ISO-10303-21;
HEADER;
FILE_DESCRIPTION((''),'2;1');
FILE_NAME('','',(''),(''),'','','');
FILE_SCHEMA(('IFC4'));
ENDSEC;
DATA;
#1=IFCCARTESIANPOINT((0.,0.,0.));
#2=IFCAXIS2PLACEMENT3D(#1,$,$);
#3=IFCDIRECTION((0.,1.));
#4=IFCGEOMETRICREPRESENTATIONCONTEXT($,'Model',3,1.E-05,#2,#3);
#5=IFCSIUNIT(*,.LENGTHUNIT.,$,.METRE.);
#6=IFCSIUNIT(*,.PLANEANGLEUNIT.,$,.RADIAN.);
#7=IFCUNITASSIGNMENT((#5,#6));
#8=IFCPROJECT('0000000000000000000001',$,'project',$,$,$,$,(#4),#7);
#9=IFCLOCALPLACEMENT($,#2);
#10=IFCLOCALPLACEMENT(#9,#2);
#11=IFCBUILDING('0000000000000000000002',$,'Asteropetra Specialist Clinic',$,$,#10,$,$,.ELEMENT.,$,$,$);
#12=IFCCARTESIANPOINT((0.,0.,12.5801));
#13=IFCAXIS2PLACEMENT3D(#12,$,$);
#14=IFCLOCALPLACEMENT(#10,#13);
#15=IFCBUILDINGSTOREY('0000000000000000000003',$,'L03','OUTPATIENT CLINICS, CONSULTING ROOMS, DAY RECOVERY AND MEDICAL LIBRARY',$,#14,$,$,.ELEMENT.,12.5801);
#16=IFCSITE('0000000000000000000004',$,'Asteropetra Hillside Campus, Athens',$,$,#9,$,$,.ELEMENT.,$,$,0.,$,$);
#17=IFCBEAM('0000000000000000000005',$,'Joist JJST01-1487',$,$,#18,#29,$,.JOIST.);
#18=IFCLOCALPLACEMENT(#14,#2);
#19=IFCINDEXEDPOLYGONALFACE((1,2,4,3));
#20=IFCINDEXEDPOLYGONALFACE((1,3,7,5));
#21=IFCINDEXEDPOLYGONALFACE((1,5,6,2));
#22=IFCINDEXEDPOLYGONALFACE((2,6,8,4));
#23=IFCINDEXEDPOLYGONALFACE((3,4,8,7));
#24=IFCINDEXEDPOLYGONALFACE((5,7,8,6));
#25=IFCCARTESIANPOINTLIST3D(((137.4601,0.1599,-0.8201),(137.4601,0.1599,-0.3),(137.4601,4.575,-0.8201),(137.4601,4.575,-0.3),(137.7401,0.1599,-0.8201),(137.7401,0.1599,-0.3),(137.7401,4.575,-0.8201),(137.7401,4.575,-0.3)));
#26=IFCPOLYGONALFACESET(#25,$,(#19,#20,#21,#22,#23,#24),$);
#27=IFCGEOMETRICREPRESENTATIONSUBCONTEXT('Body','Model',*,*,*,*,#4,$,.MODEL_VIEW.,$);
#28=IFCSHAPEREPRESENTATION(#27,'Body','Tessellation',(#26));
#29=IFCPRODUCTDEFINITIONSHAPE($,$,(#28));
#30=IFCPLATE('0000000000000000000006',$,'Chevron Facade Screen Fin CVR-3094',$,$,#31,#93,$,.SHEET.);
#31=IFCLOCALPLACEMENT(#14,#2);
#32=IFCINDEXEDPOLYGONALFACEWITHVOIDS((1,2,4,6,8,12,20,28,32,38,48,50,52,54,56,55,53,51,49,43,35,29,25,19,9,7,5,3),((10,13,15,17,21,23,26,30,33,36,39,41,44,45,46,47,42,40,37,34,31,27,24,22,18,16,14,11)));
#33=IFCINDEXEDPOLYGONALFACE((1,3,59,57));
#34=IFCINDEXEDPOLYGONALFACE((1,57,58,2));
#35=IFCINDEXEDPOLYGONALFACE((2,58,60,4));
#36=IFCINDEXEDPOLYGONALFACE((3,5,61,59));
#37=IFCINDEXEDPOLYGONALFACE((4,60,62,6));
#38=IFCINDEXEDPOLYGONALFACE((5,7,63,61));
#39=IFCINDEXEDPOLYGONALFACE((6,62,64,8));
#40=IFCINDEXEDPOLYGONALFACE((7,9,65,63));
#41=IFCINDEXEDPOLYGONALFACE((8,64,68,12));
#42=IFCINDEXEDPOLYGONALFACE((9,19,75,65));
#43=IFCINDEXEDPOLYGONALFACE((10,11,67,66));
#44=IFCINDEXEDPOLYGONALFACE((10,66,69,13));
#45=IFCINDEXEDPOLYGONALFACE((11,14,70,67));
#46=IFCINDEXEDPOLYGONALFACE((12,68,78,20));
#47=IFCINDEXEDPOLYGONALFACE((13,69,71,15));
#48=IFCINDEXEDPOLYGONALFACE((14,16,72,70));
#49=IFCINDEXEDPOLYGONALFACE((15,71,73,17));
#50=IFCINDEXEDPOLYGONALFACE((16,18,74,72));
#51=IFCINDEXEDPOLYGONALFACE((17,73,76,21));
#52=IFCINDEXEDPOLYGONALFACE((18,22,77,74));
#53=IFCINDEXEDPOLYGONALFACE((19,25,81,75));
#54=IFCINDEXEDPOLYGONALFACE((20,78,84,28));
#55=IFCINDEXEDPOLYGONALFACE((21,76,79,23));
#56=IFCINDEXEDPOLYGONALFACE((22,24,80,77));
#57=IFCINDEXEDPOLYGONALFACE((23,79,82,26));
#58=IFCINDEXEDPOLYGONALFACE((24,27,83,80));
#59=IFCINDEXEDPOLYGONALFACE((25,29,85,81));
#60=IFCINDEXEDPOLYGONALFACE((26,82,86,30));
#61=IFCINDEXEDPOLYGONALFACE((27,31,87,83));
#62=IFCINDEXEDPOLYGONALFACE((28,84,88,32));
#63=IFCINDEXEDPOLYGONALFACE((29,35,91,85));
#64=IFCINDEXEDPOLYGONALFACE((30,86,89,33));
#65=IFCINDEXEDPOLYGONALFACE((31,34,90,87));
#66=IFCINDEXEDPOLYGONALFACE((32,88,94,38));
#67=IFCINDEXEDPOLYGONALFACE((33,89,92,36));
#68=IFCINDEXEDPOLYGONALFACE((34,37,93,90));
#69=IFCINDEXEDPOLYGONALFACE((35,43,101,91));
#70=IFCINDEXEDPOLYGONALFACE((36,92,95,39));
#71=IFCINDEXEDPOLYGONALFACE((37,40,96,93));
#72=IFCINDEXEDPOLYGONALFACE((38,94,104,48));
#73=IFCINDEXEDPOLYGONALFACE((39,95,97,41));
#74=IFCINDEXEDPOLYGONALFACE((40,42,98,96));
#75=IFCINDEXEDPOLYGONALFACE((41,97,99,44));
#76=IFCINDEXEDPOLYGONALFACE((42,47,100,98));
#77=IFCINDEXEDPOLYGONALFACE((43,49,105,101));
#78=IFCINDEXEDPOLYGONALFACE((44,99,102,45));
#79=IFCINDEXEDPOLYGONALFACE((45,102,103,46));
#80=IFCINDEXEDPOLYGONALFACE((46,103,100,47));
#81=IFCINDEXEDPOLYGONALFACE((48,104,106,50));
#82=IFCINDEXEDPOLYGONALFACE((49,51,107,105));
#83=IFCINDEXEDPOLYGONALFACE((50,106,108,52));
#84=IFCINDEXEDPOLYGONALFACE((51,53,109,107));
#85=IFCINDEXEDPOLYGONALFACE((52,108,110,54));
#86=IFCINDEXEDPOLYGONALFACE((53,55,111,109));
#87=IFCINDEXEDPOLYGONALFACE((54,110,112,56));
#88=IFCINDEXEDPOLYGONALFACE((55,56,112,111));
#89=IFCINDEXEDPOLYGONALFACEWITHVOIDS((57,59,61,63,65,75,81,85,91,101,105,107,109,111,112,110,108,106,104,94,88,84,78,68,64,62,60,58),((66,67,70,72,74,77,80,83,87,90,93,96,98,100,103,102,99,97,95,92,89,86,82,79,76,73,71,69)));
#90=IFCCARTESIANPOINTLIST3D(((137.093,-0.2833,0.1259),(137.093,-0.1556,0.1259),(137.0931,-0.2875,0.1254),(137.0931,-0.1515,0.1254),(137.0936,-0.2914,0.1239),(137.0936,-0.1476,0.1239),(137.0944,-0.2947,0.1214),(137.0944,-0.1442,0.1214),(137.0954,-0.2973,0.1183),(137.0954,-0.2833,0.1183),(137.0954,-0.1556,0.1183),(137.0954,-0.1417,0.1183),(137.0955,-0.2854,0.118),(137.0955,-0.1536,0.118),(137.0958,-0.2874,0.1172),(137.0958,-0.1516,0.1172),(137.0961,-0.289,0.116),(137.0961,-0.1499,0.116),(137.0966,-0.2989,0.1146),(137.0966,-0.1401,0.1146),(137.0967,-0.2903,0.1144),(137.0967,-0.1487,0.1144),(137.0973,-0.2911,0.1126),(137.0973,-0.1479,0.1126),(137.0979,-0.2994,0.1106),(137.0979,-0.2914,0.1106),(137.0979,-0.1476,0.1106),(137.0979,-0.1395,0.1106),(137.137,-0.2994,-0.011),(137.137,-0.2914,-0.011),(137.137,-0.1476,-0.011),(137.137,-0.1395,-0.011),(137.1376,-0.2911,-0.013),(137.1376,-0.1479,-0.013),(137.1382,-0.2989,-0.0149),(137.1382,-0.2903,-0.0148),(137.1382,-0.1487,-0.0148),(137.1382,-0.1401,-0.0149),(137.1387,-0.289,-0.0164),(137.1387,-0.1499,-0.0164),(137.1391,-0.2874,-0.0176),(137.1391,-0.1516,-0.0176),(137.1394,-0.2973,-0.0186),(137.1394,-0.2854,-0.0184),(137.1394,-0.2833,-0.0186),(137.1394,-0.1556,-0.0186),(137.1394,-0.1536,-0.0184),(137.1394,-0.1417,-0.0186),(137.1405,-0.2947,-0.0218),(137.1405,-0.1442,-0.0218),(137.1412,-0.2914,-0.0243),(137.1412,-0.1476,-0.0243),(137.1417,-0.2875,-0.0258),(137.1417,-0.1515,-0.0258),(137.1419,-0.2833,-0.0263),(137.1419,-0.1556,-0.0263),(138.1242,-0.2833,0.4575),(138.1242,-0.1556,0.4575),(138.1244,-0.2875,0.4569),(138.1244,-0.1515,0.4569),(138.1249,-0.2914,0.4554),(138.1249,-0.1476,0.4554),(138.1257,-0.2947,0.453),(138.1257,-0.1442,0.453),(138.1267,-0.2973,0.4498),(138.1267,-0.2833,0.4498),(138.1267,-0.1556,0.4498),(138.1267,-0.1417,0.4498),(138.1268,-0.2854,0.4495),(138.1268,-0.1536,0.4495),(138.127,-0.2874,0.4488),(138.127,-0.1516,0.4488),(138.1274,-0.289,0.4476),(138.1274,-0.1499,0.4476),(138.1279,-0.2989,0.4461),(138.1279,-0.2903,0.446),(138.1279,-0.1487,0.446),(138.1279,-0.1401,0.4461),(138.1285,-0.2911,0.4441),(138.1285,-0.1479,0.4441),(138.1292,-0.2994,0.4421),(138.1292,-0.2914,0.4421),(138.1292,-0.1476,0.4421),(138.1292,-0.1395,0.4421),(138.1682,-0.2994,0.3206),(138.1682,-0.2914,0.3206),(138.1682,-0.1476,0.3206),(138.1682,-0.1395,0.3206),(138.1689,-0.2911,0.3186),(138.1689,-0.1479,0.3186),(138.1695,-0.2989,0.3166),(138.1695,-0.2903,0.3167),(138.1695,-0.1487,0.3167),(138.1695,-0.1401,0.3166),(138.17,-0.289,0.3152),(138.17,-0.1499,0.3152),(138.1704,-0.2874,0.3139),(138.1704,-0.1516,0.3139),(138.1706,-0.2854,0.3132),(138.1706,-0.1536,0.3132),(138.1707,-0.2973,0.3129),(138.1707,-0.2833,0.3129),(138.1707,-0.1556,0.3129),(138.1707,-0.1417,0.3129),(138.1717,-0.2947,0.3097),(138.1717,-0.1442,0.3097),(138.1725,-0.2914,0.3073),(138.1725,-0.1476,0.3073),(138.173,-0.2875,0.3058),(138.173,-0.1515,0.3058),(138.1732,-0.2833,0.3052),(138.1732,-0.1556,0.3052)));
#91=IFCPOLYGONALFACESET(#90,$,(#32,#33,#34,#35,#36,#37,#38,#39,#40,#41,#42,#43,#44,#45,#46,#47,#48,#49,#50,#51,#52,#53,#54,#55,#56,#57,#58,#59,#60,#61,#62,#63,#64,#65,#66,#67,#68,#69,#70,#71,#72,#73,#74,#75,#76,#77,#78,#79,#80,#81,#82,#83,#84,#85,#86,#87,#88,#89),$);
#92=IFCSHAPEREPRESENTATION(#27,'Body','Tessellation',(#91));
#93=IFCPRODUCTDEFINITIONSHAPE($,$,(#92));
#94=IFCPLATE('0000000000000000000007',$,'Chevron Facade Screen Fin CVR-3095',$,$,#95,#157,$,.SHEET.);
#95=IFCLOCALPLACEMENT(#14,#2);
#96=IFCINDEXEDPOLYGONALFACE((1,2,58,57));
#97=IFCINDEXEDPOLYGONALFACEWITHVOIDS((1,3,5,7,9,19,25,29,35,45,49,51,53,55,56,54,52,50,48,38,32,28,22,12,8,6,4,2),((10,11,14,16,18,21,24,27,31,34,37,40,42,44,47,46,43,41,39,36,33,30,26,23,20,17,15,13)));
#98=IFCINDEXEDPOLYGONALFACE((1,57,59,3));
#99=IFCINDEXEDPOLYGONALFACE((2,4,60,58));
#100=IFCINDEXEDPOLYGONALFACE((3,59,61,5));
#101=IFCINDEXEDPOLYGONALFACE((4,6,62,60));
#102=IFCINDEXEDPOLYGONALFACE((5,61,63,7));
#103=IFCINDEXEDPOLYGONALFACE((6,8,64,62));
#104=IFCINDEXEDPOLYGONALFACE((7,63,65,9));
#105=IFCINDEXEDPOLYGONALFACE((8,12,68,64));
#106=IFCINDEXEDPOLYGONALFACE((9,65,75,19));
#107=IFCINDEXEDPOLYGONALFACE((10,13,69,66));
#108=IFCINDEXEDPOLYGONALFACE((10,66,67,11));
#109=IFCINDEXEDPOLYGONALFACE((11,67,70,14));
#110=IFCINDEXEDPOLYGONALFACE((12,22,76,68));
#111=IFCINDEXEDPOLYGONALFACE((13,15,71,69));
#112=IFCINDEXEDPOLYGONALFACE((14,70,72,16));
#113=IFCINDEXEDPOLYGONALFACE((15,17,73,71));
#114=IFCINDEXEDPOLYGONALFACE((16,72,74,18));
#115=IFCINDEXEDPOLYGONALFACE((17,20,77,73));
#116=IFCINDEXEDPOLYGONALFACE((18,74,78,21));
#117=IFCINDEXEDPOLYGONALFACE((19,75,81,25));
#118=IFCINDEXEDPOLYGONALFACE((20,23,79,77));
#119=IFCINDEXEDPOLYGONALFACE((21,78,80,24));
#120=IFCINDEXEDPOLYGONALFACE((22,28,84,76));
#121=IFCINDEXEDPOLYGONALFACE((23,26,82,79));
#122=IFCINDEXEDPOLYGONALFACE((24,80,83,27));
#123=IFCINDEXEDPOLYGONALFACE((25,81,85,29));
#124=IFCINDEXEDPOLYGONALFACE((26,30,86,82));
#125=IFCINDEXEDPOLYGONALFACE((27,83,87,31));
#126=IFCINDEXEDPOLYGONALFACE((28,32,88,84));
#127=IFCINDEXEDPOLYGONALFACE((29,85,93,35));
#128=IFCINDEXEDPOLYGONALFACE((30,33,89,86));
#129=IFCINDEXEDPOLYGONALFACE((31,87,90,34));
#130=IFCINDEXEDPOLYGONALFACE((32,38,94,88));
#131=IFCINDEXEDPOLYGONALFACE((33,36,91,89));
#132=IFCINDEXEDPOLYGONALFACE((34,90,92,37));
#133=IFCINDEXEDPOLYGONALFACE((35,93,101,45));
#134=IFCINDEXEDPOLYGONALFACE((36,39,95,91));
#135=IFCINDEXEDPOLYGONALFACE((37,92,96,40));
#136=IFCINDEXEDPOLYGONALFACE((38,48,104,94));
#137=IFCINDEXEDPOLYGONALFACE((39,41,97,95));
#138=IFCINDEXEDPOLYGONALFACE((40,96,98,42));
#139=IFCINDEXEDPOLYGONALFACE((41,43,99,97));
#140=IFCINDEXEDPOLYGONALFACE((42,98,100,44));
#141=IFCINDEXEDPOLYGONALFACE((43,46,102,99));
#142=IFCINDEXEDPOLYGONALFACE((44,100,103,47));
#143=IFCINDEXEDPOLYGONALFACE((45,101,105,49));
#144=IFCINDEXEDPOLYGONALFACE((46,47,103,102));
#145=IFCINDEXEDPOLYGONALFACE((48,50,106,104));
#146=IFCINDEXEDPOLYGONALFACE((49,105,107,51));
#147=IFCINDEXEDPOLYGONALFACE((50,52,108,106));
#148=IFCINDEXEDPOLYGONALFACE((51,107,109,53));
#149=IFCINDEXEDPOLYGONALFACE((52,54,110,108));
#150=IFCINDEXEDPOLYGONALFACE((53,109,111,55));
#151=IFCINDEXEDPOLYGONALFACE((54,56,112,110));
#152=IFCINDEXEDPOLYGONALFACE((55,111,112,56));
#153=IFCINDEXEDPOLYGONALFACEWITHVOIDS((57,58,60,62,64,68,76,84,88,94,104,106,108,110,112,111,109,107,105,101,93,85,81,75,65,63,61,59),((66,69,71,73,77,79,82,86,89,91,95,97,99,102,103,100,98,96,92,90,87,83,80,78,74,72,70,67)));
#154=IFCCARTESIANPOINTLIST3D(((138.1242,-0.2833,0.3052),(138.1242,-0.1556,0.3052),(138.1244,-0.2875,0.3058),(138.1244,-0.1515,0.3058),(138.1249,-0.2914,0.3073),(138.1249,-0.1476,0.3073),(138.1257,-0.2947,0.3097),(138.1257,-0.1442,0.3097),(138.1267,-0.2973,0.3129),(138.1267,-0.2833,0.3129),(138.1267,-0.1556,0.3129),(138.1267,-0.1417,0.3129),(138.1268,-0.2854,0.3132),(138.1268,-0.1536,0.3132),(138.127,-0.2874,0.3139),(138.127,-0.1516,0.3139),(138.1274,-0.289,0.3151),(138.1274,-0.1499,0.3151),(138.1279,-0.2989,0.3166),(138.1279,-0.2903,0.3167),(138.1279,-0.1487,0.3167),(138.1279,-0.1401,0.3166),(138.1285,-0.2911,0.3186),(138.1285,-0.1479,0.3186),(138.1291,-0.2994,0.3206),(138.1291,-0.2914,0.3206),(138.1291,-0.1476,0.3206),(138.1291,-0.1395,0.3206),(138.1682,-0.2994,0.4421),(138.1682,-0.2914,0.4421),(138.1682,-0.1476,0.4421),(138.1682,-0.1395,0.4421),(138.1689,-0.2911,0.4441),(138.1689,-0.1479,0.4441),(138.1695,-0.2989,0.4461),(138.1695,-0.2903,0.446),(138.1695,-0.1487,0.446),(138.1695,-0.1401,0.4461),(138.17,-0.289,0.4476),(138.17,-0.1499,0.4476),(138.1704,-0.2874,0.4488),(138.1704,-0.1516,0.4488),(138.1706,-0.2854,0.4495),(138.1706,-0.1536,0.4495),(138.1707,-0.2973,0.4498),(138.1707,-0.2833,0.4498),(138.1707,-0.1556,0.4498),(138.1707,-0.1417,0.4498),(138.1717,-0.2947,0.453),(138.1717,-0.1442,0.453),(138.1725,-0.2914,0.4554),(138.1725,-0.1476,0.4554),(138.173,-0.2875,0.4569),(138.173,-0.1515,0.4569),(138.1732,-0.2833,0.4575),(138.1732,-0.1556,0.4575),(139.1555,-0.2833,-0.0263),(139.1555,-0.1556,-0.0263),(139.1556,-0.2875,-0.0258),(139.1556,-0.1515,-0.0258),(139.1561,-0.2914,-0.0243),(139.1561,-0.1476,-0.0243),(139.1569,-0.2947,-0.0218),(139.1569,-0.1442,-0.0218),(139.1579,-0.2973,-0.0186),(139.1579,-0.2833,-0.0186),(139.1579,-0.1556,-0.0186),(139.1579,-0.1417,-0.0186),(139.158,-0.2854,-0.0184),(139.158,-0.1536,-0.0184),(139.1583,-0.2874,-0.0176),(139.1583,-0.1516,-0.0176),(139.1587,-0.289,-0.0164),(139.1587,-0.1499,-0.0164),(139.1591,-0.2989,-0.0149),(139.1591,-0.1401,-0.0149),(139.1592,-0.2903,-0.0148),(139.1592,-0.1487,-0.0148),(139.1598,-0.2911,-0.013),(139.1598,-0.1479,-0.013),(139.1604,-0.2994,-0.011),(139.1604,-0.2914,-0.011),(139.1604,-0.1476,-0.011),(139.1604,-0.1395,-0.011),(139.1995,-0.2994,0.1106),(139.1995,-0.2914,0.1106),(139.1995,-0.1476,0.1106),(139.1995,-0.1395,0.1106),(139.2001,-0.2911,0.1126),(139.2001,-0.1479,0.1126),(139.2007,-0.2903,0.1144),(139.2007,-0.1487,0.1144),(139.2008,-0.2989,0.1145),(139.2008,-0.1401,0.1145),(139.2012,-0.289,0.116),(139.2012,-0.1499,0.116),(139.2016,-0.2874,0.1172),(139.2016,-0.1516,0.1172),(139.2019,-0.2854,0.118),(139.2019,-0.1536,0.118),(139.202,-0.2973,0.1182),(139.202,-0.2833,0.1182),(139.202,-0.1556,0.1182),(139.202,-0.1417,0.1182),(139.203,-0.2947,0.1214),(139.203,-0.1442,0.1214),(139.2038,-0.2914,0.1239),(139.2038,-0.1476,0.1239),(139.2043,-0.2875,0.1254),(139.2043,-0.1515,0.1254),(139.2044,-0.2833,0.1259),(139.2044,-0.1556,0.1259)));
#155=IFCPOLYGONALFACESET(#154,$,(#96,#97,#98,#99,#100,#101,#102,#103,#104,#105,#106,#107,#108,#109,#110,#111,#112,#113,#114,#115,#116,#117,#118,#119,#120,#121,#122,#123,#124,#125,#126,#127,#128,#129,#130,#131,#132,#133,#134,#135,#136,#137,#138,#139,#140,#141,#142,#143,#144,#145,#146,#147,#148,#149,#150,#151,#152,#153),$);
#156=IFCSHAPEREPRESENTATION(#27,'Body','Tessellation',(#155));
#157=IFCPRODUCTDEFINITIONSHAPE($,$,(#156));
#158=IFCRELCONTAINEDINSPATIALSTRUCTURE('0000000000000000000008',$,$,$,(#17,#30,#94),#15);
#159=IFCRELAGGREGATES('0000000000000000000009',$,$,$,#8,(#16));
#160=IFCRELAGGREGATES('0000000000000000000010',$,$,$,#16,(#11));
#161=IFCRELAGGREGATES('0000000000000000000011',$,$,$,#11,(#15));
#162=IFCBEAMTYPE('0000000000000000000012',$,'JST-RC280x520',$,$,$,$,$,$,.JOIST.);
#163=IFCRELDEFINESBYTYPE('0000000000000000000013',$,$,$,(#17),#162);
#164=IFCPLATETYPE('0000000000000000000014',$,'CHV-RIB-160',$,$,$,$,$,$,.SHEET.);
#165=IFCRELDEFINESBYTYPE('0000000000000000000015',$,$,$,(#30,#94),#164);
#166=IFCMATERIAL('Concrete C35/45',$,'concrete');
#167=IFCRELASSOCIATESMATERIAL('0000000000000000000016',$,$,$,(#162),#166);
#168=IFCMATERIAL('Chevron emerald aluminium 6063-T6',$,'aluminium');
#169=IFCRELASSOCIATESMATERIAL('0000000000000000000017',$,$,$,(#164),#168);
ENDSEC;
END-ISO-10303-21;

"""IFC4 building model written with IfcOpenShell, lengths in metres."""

from ifc_helpers import new_model, si_unit, direction, frame, origin, origin_2d, place, context, subcontext, project, spatial, rectangle, hollow_rectangle, extrude, material, material_profile, profile_set, type_object, element, save


model = new_model("IFC4")

# Units and contexts
model_context = context("Model", 3, precision=1e-05, world=origin(), true_north=direction((0.0, 1.0)))
body_context = subcontext(model_context, "Body", "Model", "MODEL_VIEW")
ifc_project = project(units=[si_unit("LENGTHUNIT", "METRE"), si_unit("PLANEANGLEUNIT", "RADIAN")], contexts=[model_context])

# Site, building, storey
site_placement = place(None, origin())
site = spatial("IfcSite", under=ifc_project, at=site_placement, Name="Asteropetra Hillside Campus, Athens", CompositionType="ELEMENT", RefElevation=0.0)
building_placement = place(site_placement, origin())
building = spatial("IfcBuilding", under=site, at=building_placement, Name="Asteropetra Specialist Clinic", CompositionType="ELEMENT")
storey_placement = place(building_placement, frame((0.0, 0.0, 12.5801)))
storey = spatial("IfcBuildingStorey", under=building, at=storey_placement, Name="L03", Description="OUTPATIENT CLINICS, CONSULTING ROOMS, DAY RECOVERY AND MEDICAL LIBRARY", CompositionType="ELEMENT", Elevation=12.5801)

# Beam
ifc_material_1 = material(Name="Concrete C35/45", Category="concrete")
ifc_material_profile_1 = material_profile(ifc_material_1, rectangle(XDim=0.28, YDim=0.52, at=origin_2d()), Name="RCJ 280x520")
ifc_profile_set_1 = profile_set([ifc_material_profile_1], Name="Concrete C35/45")
beam_type = type_object("IfcBeamType", Name="JST-RC280x520", PredefinedType="JOIST", material=ifc_profile_set_1)
beam_placement = place(storey_placement, frame((137.6001, 0.1599, -0.5601), z_axis=(0.0, 1.0, 0.0), x_axis=(-1.0, 0.0, 0.0)))
element("IfcBeam", 1, at=beam_placement, inside=storey, type_object=beam_type, Name="Joist JJST01-1487", PredefinedType="JOIST", context=body_context, shape_type="SweptSolid", body=[
    extrude(rectangle(XDim=0.28, YDim=0.52, at=origin_2d()), origin(), (0.0, 0.0, 1.0), 4.415),
])

# Plates
ifc_material_2 = material(Name="Chevron emerald aluminium 6063-T6", Category="aluminium")
ifc_material_profile_2 = material_profile(ifc_material_2, hollow_rectangle(XDim=0.1599, YDim=0.1599, WallThickness=0.0081, InnerFilletRadius=0.0081, OuterFilletRadius=0.0161, at=origin_2d()), Name="SHS 160x160x8.0")
ifc_profile_set_2 = profile_set([ifc_material_profile_2], Name="Chevron emerald aluminium 6063-T6")
plate_type_1 = type_object("IfcPlateType", Name="CHV-RIB-160", PredefinedType="SHEET", material=ifc_profile_set_2)
for number, where, z_axis, x_axis, name in (
    (2, (137.1174, -0.2195, 0.0498), (0.95201, 0.0, 0.306068), (0.0, 1.0, 0.0), "Chevron Facade Screen Fin CVR-3094"),
    (3, (138.1487, -0.2195, 0.3813), (0.95201, 0.0, -0.306068), (0.0, 1.0, 0.0), "Chevron Facade Screen Fin CVR-3095"),
):
    element("IfcPlate", number, at=place(storey_placement, frame(where, z_axis=z_axis, x_axis=x_axis)), inside=storey, type_object=plate_type_1, Name=name, PredefinedType="SHEET", context=body_context, shape_type="SweptSolid", body=[
        extrude(hollow_rectangle(XDim=0.1599, YDim=0.1599, WallThickness=0.0081, InnerFilletRadius=0.0081, OuterFilletRadius=0.0161, at=origin_2d()), origin(), (0.0, 0.0, 1.0), 1.0833),
    ])

save(model, "model.ifc")
